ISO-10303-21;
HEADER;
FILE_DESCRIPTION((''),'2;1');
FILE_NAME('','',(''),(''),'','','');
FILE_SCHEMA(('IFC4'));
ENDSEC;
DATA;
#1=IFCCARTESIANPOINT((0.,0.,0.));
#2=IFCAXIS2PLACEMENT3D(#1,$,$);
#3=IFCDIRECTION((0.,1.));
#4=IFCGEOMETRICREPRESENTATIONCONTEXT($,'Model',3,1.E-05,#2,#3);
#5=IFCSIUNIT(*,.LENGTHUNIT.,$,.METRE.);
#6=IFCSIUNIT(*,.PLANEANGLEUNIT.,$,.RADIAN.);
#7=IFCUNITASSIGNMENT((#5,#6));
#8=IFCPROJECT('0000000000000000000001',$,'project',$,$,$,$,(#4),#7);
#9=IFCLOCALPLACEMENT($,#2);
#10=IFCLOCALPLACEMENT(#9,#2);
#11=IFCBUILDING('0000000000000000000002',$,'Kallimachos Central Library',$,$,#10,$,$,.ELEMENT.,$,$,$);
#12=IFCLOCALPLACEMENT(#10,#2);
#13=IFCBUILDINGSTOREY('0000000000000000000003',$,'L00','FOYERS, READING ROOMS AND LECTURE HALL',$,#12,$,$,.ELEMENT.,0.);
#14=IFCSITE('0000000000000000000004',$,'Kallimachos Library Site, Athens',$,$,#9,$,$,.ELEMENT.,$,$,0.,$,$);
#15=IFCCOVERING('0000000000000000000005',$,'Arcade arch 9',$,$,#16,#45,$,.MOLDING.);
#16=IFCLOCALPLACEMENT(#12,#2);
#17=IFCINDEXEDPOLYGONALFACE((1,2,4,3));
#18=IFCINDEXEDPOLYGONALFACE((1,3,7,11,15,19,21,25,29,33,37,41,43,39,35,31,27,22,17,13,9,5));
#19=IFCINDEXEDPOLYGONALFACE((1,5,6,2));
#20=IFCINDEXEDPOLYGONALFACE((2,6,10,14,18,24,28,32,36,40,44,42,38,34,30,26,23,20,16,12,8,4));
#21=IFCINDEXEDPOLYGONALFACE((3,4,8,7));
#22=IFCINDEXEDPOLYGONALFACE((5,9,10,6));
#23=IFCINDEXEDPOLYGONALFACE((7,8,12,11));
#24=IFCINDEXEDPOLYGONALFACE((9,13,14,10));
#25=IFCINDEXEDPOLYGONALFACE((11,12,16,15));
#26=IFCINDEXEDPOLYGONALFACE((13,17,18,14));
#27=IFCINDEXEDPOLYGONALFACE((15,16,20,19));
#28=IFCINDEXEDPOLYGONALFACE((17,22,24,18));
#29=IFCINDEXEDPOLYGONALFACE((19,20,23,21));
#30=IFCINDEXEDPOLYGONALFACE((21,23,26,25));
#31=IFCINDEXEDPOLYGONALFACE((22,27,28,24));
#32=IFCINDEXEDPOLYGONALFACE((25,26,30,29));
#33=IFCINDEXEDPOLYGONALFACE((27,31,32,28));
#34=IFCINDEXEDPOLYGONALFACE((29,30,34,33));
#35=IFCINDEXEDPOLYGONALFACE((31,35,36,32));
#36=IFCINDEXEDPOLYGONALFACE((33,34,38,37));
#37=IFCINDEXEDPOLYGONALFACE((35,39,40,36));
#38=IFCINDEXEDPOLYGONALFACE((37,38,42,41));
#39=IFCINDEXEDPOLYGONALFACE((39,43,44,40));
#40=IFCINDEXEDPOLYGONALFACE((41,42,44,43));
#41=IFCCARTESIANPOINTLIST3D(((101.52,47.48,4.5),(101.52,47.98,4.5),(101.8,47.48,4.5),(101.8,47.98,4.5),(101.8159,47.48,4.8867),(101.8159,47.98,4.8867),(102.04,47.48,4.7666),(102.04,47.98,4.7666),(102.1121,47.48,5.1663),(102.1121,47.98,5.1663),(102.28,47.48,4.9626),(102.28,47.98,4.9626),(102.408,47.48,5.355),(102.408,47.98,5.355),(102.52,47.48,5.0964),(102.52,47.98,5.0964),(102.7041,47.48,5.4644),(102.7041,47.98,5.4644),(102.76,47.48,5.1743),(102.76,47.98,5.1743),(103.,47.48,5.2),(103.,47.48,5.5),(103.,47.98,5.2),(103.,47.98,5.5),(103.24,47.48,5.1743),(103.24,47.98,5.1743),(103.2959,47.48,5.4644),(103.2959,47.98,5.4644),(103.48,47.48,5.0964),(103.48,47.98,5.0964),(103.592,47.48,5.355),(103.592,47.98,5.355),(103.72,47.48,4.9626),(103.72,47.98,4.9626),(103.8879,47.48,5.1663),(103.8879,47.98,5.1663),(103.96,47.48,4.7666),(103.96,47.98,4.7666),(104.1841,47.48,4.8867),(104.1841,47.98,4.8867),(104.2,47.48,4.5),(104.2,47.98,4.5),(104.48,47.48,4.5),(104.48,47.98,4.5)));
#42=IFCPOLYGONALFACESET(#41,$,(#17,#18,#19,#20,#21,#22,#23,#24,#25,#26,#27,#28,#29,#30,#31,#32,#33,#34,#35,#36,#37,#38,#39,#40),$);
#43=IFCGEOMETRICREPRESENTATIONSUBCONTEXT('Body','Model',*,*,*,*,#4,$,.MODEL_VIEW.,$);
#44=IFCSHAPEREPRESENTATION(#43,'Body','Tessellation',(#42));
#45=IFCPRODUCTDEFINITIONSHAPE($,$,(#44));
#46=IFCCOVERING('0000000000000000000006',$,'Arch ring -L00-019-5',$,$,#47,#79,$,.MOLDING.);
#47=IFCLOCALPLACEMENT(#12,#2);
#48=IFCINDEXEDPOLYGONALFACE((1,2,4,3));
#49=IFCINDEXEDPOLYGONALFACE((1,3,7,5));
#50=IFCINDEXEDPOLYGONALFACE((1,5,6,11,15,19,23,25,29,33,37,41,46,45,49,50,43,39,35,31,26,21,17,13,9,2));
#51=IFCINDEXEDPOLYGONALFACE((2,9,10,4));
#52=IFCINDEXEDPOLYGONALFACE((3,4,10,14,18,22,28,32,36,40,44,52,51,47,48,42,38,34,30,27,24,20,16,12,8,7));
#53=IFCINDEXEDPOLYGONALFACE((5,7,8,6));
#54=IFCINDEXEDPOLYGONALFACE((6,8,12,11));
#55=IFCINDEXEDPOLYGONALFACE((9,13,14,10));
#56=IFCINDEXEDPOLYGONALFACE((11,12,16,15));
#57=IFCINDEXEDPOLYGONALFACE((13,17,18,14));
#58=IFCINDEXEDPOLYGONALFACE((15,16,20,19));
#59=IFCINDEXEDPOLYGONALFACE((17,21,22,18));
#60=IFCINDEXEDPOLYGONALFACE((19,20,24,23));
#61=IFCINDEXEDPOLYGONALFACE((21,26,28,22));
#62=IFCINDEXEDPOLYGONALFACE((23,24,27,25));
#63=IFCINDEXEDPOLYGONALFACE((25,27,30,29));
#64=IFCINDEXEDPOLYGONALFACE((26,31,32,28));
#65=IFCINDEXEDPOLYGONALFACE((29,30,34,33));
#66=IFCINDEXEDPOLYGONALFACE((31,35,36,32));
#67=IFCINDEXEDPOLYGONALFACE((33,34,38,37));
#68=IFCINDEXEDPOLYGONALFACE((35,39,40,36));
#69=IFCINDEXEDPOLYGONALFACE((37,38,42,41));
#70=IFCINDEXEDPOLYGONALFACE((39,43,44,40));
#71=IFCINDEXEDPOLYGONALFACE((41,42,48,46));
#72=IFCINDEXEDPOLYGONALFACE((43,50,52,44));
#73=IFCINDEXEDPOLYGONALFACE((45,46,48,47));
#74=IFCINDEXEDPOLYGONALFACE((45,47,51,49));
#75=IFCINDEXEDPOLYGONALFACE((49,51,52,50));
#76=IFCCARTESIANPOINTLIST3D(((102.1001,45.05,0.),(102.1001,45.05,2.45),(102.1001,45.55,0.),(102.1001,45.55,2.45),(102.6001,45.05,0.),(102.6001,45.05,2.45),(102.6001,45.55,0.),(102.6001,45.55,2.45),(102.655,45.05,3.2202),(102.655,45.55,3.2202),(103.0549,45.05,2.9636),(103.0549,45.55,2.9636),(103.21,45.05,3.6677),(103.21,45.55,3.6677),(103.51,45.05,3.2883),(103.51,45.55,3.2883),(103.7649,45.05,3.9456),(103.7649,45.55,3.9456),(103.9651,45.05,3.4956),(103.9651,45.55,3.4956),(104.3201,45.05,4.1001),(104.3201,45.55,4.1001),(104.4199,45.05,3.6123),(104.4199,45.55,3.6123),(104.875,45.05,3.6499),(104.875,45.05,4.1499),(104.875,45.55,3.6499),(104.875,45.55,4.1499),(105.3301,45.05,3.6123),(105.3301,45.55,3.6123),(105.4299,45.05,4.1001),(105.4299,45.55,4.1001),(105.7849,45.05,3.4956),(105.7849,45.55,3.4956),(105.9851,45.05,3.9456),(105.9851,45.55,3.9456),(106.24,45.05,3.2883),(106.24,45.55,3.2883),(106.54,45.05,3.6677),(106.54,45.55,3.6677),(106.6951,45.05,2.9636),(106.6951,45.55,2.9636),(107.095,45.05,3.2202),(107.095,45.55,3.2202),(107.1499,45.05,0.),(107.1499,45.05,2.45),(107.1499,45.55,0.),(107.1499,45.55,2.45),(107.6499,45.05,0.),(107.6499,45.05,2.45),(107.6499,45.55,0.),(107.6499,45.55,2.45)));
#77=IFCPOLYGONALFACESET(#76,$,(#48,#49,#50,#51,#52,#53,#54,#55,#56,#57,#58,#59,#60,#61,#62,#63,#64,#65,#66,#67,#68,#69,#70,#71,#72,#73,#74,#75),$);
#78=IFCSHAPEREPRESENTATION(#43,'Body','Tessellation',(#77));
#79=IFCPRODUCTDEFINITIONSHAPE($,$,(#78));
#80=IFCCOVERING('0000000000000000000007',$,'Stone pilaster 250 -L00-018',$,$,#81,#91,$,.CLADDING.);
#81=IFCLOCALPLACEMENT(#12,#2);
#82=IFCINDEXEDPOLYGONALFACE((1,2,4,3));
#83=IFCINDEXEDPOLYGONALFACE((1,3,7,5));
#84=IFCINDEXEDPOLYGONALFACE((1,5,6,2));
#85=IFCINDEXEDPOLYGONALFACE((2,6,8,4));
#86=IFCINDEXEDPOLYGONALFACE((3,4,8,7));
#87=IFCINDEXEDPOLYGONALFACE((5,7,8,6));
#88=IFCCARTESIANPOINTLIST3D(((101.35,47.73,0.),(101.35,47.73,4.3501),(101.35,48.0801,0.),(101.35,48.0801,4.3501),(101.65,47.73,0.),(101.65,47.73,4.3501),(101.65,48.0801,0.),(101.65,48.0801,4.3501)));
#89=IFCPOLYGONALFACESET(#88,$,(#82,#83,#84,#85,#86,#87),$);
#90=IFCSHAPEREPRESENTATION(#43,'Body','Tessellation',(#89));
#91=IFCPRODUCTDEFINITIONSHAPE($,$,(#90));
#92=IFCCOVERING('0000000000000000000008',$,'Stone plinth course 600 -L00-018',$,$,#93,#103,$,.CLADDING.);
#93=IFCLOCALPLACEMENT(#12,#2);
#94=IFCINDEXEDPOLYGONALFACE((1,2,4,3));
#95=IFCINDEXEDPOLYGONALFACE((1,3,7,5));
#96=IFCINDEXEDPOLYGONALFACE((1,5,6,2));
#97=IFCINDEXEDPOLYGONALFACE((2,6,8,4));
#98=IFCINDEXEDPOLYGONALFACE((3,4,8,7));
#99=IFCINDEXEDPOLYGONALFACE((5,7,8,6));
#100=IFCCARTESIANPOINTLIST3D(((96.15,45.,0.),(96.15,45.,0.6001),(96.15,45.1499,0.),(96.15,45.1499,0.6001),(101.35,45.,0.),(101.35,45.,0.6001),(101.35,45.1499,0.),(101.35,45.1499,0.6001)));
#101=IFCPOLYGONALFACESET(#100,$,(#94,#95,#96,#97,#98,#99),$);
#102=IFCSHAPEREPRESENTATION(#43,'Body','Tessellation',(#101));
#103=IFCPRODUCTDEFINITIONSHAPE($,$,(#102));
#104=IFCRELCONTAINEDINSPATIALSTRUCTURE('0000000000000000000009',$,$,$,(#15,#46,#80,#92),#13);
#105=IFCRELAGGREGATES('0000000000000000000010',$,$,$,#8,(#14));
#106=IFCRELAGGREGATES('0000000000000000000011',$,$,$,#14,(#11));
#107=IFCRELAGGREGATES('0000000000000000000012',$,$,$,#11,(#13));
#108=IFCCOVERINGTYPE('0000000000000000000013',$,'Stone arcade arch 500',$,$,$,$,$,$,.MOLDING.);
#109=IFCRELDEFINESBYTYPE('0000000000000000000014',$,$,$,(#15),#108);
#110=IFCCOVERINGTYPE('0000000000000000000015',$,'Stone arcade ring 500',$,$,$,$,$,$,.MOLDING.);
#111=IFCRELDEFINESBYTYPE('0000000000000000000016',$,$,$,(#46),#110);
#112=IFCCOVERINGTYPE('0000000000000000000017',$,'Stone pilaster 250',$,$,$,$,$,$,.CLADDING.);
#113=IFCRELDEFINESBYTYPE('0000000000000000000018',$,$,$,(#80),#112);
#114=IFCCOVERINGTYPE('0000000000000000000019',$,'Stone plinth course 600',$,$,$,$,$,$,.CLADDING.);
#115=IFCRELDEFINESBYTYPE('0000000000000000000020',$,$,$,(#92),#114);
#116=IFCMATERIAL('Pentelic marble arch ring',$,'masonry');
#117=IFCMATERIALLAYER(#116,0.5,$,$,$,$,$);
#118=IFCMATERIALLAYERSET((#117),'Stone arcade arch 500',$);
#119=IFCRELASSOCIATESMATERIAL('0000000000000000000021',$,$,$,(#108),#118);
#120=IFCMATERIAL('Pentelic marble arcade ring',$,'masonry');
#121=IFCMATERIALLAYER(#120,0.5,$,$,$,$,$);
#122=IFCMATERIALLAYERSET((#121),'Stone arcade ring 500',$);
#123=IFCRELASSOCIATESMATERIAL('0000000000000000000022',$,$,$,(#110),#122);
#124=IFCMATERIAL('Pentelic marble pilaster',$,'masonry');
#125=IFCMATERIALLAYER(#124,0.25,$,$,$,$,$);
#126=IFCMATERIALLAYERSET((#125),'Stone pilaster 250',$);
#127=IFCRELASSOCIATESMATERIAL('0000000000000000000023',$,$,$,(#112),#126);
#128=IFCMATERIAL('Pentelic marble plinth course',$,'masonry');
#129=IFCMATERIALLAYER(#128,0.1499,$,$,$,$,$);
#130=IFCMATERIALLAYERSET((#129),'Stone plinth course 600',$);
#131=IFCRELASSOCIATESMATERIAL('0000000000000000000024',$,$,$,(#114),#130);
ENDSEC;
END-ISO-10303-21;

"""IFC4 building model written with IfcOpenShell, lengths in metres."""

from ifc_helpers import new_model, si_unit, direction, frame, origin, origin_2d, place, context, subcontext, project, spatial, polyline, rectangle, outline, extrude, material, layer, layer_set, type_object, element, save


model = new_model("IFC4")

# Units and contexts
model_context = context("Model", 3, precision=1e-05, world=origin(), true_north=direction((0.0, 1.0)))
body_context = subcontext(model_context, "Body", "Model", "MODEL_VIEW")
ifc_project = project(units=[si_unit("LENGTHUNIT", "METRE"), si_unit("PLANEANGLEUNIT", "RADIAN")], contexts=[model_context])

# Site, building, storey
site_placement = place(None, origin())
site = spatial("IfcSite", under=ifc_project, at=site_placement, Name="Kallimachos Library Site, Athens", CompositionType="ELEMENT", RefElevation=0.0)
building_placement = place(site_placement, origin())
building = spatial("IfcBuilding", under=site, at=building_placement, Name="Kallimachos Central Library", CompositionType="ELEMENT")
storey_placement = place(building_placement, origin())
storey = spatial("IfcBuildingStorey", under=building, at=storey_placement, Name="L00", Description="FOYERS, READING ROOMS AND LECTURE HALL", CompositionType="ELEMENT", Elevation=0.0)

# Coverings
ifc_material_1 = material(Name="Pentelic marble arch ring", Category="masonry")
ifc_layer_1 = layer(ifc_material_1, 0.5)
ifc_layer_set_1 = layer_set([ifc_layer_1], Name="Stone arcade arch 500")
covering_type_1 = type_object("IfcCoveringType", Name="Stone arcade arch 500", PredefinedType="MOLDING", material=ifc_layer_set_1)
for number, where, z_axis, x_axis, name in (
    (1, (101.52, 47.48, 4.5), (0.0, -1.0, 0.0), (1.0, 0.0, 0.0), "Arcade arch 9"),
):
    element("IfcCovering", number, at=place(storey_placement, frame(where, z_axis=z_axis, x_axis=x_axis)), inside=storey, type_object=covering_type_1, Name=name, PredefinedType="MOLDING", context=body_context, shape_type="SweptSolid", body=[
        extrude(outline(polyline([(0.0, 0.0), (0.28, 0.0), (0.28, 0.0), (0.52, 0.2666), (0.76, 0.4626), (1.0, 0.5964), (1.24, 0.6743), (1.48, 0.7), (1.72, 0.6743), (1.96, 0.5964), (2.2, 0.4626), (2.4399, 0.2666), (2.6799, 0.0), (2.6799, 0.0), (2.96, 0.0), (2.96, 0.0), (2.6641, 0.3867), (2.3679, 0.6663), (2.072, 0.855), (1.7759, 0.9644), (1.48, 1.0), (1.1841, 0.9644), (0.8879, 0.855), (0.592, 0.6663), (0.2959, 0.3867), (0.0, 0.0), (0.0, 0.0)])), origin(), (0.0, 0.0, -1.0), 0.5),
    ])
ifc_material_2 = material(Name="Pentelic marble arcade ring", Category="masonry")
ifc_layer_2 = layer(ifc_material_2, 0.5)
ifc_layer_set_2 = layer_set([ifc_layer_2], Name="Stone arcade ring 500")
covering_type_2 = type_object("IfcCoveringType", Name="Stone arcade ring 500", PredefinedType="MOLDING", material=ifc_layer_set_2)
covering_1_placement = place(storey_placement, frame((102.1001, 45.55, 0.0), z_axis=(0.0, 1.0, 0.0), x_axis=(0.0, 0.0, 1.0)))
element("IfcCovering", 2, at=covering_1_placement, inside=storey, type_object=covering_type_2, Name="Arch ring -L00-019-5", PredefinedType="MOLDING", context=body_context, shape_type="SweptSolid", body=[
    extrude(outline(polyline([(0.0, 0.0), (2.45, 0.0), (3.2202, 0.5549), (3.6677, 1.1099), (3.9456, 1.6648), (4.1001, 2.22), (4.1499, 2.7749), (4.1001, 3.3298), (3.9456, 3.885), (3.6677, 4.4399), (3.2202, 4.9949), (2.45, 5.5498), (0.0, 5.5498), (0.0, 5.0498), (2.45, 5.0498), (2.9636, 4.595), (3.2883, 4.1399), (3.4956, 3.6848), (3.6123, 3.23), (3.6499, 2.7749), (3.6123, 2.3198), (3.4956, 1.865), (3.2883, 1.4099), (2.9636, 0.9548), (2.45, 0.5), (0.0, 0.5), (0.0, 0.0)])), origin(), (0.0, 0.0, -1.0), 0.5),
])
ifc_material_3 = material(Name="Pentelic marble pilaster", Category="masonry")
ifc_layer_3 = layer(ifc_material_3, 0.25)
ifc_layer_set_3 = layer_set([ifc_layer_3], Name="Stone pilaster 250")
covering_type_3 = type_object("IfcCoveringType", Name="Stone pilaster 250", PredefinedType="CLADDING", material=ifc_layer_set_3)
covering_2_placement = place(storey_placement, frame((101.5, 47.905, 0.0), z_axis=(0.0, 0.0, 1.0), x_axis=(1.0, 0.0, 0.0)))
element("IfcCovering", 3, at=covering_2_placement, inside=storey, type_object=covering_type_3, Name="Stone pilaster 250 -L00-018", PredefinedType="CLADDING", context=body_context, shape_type="SweptSolid", body=[
    extrude(rectangle(XDim=0.3, YDim=0.3501, at=origin_2d()), origin(), (0.0, 0.0, 1.0), 4.3501),
])
ifc_material_4 = material(Name="Pentelic marble plinth course", Category="masonry")
ifc_layer_4 = layer(ifc_material_4, 0.1499)
ifc_layer_set_4 = layer_set([ifc_layer_4], Name="Stone plinth course 600")
covering_type_4 = type_object("IfcCoveringType", Name="Stone plinth course 600", PredefinedType="CLADDING", material=ifc_layer_set_4)
covering_3_placement = place(storey_placement, frame((98.75, 45.075, 0.0), z_axis=(0.0, 0.0, 1.0), x_axis=(1.0, 0.0, 0.0)))
element("IfcCovering", 4, at=covering_3_placement, inside=storey, type_object=covering_type_4, Name="Stone plinth course 600 -L00-018", PredefinedType="CLADDING", context=body_context, shape_type="SweptSolid", body=[
    extrude(rectangle(XDim=5.2, YDim=0.1499, at=origin_2d()), origin(), (0.0, 0.0, 1.0), 0.6001),
])

save(model, "model.ifc")
